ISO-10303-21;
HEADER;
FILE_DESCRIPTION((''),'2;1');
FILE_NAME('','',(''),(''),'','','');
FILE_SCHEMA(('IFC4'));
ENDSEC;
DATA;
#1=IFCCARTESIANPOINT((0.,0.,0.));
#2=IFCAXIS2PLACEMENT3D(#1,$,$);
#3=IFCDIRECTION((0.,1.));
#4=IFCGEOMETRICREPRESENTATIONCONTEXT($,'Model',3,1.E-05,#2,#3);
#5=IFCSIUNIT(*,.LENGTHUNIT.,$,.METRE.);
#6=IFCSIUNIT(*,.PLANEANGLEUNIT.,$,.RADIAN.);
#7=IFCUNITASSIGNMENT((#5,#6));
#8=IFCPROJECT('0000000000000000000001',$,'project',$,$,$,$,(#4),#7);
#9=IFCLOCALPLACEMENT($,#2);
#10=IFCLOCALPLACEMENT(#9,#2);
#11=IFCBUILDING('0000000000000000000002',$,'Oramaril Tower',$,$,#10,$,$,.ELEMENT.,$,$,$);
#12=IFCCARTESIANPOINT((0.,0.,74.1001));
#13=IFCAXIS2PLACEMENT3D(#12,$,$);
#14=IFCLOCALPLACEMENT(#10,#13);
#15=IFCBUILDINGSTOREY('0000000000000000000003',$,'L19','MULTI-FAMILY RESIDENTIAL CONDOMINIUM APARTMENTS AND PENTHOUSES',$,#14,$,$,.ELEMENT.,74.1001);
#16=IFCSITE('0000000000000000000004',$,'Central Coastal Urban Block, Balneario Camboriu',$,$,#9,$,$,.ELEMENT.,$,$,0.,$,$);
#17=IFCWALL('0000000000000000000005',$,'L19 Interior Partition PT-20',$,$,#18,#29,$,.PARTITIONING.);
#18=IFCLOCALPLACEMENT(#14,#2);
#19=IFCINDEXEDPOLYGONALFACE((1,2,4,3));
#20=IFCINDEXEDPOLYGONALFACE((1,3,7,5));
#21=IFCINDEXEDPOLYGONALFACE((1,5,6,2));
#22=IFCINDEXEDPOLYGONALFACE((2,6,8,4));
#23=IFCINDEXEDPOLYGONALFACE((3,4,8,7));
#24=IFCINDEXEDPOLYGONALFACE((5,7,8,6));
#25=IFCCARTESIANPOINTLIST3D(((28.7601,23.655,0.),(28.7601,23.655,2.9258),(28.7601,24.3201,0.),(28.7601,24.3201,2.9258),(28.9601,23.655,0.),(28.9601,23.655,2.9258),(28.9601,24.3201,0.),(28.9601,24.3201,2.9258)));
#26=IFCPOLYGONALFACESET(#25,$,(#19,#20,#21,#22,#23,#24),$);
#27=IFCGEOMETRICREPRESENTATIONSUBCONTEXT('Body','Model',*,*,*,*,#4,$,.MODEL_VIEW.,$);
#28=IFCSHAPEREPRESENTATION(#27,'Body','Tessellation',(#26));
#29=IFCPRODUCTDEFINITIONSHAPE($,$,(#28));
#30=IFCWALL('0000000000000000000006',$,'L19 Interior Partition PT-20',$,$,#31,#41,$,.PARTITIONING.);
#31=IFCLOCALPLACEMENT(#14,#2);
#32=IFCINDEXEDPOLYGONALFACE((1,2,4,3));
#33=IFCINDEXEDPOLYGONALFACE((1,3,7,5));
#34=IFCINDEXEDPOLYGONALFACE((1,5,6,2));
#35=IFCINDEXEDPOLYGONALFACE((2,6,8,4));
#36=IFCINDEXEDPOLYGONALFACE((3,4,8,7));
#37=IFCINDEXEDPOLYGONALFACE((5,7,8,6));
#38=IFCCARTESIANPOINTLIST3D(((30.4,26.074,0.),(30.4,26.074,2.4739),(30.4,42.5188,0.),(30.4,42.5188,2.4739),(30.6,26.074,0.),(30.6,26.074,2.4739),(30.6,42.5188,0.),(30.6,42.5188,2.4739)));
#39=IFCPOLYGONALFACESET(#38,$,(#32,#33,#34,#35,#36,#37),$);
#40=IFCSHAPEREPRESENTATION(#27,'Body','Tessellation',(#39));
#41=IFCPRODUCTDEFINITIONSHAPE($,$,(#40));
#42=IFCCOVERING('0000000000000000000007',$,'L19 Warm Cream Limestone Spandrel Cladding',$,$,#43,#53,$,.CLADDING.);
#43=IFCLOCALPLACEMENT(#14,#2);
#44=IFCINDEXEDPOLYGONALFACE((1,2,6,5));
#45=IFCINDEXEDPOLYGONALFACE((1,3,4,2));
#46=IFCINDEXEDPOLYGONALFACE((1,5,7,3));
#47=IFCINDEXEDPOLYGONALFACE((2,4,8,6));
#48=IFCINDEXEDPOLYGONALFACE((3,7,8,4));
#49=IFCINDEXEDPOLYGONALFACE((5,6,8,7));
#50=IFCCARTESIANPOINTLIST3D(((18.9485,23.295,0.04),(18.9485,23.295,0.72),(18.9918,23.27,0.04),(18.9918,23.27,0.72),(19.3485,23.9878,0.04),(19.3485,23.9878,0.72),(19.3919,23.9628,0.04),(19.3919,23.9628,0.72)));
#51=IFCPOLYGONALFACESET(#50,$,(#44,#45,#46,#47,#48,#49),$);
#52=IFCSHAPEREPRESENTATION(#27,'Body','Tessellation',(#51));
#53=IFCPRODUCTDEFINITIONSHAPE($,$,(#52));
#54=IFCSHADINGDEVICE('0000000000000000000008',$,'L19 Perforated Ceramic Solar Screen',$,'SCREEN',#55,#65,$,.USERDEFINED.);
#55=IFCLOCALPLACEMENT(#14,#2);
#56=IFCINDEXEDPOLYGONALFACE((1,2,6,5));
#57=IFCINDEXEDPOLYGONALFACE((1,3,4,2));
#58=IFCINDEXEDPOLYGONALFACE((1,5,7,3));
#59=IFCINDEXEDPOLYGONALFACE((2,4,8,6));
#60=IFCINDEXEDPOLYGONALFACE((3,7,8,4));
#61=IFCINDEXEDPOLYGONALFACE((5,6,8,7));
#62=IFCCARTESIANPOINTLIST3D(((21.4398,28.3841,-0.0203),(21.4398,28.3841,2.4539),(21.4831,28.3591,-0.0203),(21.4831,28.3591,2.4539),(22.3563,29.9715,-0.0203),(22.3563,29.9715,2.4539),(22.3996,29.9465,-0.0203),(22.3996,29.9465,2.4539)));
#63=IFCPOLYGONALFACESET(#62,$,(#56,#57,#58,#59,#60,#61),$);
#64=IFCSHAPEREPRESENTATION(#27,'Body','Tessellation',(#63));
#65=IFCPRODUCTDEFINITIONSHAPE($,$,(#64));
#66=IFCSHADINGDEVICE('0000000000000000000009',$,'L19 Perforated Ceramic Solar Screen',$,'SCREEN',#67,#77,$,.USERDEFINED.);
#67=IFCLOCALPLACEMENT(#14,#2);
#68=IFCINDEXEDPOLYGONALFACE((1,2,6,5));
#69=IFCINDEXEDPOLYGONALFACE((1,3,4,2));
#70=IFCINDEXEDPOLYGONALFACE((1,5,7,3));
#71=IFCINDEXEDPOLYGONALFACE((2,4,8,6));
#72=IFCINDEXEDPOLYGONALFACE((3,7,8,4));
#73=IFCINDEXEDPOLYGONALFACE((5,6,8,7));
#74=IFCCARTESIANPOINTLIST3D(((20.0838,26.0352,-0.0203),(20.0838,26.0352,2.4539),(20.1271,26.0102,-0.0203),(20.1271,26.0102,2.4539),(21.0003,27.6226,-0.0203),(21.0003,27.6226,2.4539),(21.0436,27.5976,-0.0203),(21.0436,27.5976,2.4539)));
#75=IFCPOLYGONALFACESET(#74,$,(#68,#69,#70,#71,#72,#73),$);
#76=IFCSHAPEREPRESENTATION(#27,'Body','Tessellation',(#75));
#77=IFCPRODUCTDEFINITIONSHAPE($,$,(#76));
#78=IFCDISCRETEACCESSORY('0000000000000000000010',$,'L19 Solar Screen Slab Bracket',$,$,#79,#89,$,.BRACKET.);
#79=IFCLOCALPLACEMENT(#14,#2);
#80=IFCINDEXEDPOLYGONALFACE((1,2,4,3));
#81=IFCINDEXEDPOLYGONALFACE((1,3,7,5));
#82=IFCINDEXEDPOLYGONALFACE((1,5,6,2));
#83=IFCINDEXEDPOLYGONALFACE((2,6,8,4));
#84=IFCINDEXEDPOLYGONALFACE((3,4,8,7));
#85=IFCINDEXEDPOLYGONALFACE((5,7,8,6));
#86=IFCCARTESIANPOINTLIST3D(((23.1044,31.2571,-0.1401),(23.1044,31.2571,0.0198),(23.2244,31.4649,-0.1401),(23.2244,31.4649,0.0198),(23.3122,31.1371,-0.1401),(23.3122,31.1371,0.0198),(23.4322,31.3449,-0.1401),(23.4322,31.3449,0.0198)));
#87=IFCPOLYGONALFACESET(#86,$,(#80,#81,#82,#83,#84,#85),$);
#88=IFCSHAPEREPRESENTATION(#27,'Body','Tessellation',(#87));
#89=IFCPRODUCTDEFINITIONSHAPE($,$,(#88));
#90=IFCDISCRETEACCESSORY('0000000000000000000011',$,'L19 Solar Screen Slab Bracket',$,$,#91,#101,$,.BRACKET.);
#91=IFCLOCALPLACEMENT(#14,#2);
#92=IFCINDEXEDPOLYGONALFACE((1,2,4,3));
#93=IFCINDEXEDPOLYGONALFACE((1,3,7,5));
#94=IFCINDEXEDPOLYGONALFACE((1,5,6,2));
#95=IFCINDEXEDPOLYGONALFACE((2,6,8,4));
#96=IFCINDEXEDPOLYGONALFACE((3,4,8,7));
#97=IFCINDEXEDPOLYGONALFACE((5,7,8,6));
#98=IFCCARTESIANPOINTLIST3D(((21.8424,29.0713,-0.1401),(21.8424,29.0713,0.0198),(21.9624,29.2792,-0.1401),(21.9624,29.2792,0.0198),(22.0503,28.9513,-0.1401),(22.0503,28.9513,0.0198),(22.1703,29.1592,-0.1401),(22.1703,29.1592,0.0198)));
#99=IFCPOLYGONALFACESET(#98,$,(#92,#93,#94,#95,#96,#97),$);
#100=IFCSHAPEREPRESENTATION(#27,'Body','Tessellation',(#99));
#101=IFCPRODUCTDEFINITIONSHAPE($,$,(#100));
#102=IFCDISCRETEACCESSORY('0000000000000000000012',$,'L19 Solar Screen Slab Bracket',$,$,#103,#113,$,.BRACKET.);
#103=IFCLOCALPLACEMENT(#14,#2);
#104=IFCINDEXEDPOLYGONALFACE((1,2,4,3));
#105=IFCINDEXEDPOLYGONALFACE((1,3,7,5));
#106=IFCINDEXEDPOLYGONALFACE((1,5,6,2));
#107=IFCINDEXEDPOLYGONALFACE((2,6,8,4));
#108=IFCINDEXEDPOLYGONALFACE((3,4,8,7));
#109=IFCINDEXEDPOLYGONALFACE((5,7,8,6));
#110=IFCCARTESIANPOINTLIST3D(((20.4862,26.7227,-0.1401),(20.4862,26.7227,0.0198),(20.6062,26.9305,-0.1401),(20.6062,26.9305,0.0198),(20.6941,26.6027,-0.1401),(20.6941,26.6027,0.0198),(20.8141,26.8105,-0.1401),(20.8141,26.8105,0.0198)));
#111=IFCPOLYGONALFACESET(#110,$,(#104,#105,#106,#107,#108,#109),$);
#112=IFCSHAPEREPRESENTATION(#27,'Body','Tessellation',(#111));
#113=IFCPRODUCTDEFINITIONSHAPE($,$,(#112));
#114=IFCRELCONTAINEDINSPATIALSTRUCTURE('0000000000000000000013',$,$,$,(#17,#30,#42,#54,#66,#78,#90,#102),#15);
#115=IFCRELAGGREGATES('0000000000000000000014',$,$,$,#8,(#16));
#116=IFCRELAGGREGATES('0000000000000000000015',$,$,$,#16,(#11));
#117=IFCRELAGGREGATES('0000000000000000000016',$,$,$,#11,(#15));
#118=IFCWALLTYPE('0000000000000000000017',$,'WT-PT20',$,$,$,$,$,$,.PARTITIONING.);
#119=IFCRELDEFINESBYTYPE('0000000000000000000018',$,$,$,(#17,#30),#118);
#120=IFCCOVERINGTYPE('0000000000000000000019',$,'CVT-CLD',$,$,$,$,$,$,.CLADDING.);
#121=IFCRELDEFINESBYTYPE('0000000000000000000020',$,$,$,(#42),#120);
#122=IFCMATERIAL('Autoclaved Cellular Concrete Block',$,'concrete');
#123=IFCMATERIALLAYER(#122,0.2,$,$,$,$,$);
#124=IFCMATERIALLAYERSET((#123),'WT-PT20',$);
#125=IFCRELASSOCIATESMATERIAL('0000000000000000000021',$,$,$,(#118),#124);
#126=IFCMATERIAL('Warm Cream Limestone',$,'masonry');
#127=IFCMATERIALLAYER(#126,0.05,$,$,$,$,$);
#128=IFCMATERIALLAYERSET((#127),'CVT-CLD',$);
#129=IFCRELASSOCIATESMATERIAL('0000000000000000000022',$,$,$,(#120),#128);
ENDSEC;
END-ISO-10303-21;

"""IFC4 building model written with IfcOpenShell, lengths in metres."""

from ifc_helpers import new_model, si_unit, direction, frame, frame_2d, origin, origin_2d, place, context, subcontext, project, spatial, rectangle, extrude, material, layer, layer_set, type_object, element, save


model = new_model("IFC4")

# Units and contexts
model_context = context("Model", 3, precision=1e-05, world=origin(), true_north=direction((0.0, 1.0)))
body_context = subcontext(model_context, "Body", "Model", "MODEL_VIEW")
ifc_project = project(units=[si_unit("LENGTHUNIT", "METRE"), si_unit("PLANEANGLEUNIT", "RADIAN")], contexts=[model_context])

# Site, building, storey
site_placement = place(None, origin())
site = spatial("IfcSite", under=ifc_project, at=site_placement, Name="Central Coastal Urban Block, Balneario Camboriu", CompositionType="ELEMENT", RefElevation=0.0)
building_placement = place(site_placement, origin())
building = spatial("IfcBuilding", under=site, at=building_placement, Name="Oramaril Tower", CompositionType="ELEMENT")
storey_placement = place(building_placement, frame((0.0, 0.0, 74.1001)))
storey = spatial("IfcBuildingStorey", under=building, at=storey_placement, Name="L19", Description="MULTI-FAMILY RESIDENTIAL CONDOMINIUM APARTMENTS AND PENTHOUSES", CompositionType="ELEMENT", Elevation=74.1001)

# Shared definitions
ifc_material_1 = material(Name="Autoclaved Cellular Concrete Block", Category="concrete")
ifc_layer_1 = layer(ifc_material_1, 0.2)
ifc_layer_set_1 = layer_set([ifc_layer_1], Name="WT-PT20")
wall_type_1 = type_object("IfcWallType", Name="WT-PT20", PredefinedType="PARTITIONING", material=ifc_layer_set_1)

# Walls
wall_1_placement = place(storey_placement, frame((28.8601, 23.655, 0.0), z_axis=(0.0, 0.0, 1.0), x_axis=(0.0, 1.0, 0.0)))
element("IfcWall", 1, at=wall_1_placement, inside=storey, type_object=wall_type_1, Name="L19 Interior Partition PT-20", PredefinedType="PARTITIONING", context=body_context, shape_type="SweptSolid", body=[
    extrude(rectangle(XDim=0.665, YDim=0.2, at=frame_2d((0.3325, 0.0))), origin(), (0.0, 0.0, 1.0), 2.9258),
])
wall_2_placement = place(storey_placement, frame((30.5, 26.074, 0.0), z_axis=(0.0, 0.0, 1.0), x_axis=(0.0, 1.0, 0.0)))
element("IfcWall", 2, at=wall_2_placement, inside=storey, type_object=wall_type_1, Name="L19 Interior Partition PT-20", PredefinedType="PARTITIONING", context=body_context, shape_type="SweptSolid", body=[
    extrude(rectangle(XDim=16.4448, YDim=0.2, at=frame_2d((8.2224, 0.0))), origin(), (0.0, 0.0, 1.0), 2.4739),
])

# Covering
ifc_material_2 = material(Name="Warm Cream Limestone", Category="masonry")
ifc_layer_2 = layer(ifc_material_2, 0.05)
ifc_layer_set_2 = layer_set([ifc_layer_2], Name="CVT-CLD")
covering_type = type_object("IfcCoveringType", Name="CVT-CLD", PredefinedType="CLADDING", material=ifc_layer_set_2)
covering_placement = place(storey_placement, frame((19.1702, 23.6289, 0.04), z_axis=(0.0, 0.0, 1.0), x_axis=(-0.5, -0.866025, 0.0)))
element("IfcCovering", 3, at=covering_placement, inside=storey, type_object=covering_type, Name="L19 Warm Cream Limestone Spandrel Cladding", PredefinedType="CLADDING", context=body_context, shape_type="SweptSolid", body=[
    extrude(rectangle(XDim=0.8, YDim=0.05, at=origin_2d()), origin(), (0.0, 0.0, 1.0), 0.6799),
])

# Shading devices
for number, where, z_axis, x_axis, name in (
    (4, (21.9197, 29.1653, -0.0203), (0.0, 0.0, 1.0), (-0.5, -0.866025, 0.0), "L19 Perforated Ceramic Solar Screen"),
    (5, (20.5637, 26.8164, -0.0203), (0.0, 0.0, 1.0), (-0.5, -0.866025, 0.0), "L19 Perforated Ceramic Solar Screen"),
):
    element("IfcShadingDevice", number, at=place(storey_placement, frame(where, z_axis=z_axis, x_axis=x_axis)), inside=storey, Name=name, ObjectType="SCREEN", PredefinedType="USERDEFINED", context=body_context, shape_type="SweptSolid", body=[
        extrude(rectangle(XDim=1.833, YDim=0.05, at=origin_2d()), origin(), (0.0, 0.0, 1.0), 2.4741),
    ])

# Discrete accessories
for number, where, z_axis, x_axis, name in (
    (6, (23.2683, 31.301, -0.1401), (0.0, 0.0, 1.0), (-0.5, -0.866025, 0.0), "L19 Solar Screen Slab Bracket"),
    (7, (22.0063, 29.1152, -0.1401), (0.0, 0.0, 1.0), (-0.5, -0.866025, 0.0), "L19 Solar Screen Slab Bracket"),
    (8, (20.6501, 26.7666, -0.1401), (0.0, 0.0, 1.0), (-0.5, -0.866025, 0.0), "L19 Solar Screen Slab Bracket"),
):
    element("IfcDiscreteAccessory", number, at=place(storey_placement, frame(where, z_axis=z_axis, x_axis=x_axis)), inside=storey, Name=name, PredefinedType="BRACKET", context=body_context, shape_type="SweptSolid", body=[
        extrude(rectangle(XDim=0.24, YDim=0.24, at=origin_2d()), origin(), (0.0, 0.0, 1.0), 0.1599),
    ])

save(model, "model.ifc")
